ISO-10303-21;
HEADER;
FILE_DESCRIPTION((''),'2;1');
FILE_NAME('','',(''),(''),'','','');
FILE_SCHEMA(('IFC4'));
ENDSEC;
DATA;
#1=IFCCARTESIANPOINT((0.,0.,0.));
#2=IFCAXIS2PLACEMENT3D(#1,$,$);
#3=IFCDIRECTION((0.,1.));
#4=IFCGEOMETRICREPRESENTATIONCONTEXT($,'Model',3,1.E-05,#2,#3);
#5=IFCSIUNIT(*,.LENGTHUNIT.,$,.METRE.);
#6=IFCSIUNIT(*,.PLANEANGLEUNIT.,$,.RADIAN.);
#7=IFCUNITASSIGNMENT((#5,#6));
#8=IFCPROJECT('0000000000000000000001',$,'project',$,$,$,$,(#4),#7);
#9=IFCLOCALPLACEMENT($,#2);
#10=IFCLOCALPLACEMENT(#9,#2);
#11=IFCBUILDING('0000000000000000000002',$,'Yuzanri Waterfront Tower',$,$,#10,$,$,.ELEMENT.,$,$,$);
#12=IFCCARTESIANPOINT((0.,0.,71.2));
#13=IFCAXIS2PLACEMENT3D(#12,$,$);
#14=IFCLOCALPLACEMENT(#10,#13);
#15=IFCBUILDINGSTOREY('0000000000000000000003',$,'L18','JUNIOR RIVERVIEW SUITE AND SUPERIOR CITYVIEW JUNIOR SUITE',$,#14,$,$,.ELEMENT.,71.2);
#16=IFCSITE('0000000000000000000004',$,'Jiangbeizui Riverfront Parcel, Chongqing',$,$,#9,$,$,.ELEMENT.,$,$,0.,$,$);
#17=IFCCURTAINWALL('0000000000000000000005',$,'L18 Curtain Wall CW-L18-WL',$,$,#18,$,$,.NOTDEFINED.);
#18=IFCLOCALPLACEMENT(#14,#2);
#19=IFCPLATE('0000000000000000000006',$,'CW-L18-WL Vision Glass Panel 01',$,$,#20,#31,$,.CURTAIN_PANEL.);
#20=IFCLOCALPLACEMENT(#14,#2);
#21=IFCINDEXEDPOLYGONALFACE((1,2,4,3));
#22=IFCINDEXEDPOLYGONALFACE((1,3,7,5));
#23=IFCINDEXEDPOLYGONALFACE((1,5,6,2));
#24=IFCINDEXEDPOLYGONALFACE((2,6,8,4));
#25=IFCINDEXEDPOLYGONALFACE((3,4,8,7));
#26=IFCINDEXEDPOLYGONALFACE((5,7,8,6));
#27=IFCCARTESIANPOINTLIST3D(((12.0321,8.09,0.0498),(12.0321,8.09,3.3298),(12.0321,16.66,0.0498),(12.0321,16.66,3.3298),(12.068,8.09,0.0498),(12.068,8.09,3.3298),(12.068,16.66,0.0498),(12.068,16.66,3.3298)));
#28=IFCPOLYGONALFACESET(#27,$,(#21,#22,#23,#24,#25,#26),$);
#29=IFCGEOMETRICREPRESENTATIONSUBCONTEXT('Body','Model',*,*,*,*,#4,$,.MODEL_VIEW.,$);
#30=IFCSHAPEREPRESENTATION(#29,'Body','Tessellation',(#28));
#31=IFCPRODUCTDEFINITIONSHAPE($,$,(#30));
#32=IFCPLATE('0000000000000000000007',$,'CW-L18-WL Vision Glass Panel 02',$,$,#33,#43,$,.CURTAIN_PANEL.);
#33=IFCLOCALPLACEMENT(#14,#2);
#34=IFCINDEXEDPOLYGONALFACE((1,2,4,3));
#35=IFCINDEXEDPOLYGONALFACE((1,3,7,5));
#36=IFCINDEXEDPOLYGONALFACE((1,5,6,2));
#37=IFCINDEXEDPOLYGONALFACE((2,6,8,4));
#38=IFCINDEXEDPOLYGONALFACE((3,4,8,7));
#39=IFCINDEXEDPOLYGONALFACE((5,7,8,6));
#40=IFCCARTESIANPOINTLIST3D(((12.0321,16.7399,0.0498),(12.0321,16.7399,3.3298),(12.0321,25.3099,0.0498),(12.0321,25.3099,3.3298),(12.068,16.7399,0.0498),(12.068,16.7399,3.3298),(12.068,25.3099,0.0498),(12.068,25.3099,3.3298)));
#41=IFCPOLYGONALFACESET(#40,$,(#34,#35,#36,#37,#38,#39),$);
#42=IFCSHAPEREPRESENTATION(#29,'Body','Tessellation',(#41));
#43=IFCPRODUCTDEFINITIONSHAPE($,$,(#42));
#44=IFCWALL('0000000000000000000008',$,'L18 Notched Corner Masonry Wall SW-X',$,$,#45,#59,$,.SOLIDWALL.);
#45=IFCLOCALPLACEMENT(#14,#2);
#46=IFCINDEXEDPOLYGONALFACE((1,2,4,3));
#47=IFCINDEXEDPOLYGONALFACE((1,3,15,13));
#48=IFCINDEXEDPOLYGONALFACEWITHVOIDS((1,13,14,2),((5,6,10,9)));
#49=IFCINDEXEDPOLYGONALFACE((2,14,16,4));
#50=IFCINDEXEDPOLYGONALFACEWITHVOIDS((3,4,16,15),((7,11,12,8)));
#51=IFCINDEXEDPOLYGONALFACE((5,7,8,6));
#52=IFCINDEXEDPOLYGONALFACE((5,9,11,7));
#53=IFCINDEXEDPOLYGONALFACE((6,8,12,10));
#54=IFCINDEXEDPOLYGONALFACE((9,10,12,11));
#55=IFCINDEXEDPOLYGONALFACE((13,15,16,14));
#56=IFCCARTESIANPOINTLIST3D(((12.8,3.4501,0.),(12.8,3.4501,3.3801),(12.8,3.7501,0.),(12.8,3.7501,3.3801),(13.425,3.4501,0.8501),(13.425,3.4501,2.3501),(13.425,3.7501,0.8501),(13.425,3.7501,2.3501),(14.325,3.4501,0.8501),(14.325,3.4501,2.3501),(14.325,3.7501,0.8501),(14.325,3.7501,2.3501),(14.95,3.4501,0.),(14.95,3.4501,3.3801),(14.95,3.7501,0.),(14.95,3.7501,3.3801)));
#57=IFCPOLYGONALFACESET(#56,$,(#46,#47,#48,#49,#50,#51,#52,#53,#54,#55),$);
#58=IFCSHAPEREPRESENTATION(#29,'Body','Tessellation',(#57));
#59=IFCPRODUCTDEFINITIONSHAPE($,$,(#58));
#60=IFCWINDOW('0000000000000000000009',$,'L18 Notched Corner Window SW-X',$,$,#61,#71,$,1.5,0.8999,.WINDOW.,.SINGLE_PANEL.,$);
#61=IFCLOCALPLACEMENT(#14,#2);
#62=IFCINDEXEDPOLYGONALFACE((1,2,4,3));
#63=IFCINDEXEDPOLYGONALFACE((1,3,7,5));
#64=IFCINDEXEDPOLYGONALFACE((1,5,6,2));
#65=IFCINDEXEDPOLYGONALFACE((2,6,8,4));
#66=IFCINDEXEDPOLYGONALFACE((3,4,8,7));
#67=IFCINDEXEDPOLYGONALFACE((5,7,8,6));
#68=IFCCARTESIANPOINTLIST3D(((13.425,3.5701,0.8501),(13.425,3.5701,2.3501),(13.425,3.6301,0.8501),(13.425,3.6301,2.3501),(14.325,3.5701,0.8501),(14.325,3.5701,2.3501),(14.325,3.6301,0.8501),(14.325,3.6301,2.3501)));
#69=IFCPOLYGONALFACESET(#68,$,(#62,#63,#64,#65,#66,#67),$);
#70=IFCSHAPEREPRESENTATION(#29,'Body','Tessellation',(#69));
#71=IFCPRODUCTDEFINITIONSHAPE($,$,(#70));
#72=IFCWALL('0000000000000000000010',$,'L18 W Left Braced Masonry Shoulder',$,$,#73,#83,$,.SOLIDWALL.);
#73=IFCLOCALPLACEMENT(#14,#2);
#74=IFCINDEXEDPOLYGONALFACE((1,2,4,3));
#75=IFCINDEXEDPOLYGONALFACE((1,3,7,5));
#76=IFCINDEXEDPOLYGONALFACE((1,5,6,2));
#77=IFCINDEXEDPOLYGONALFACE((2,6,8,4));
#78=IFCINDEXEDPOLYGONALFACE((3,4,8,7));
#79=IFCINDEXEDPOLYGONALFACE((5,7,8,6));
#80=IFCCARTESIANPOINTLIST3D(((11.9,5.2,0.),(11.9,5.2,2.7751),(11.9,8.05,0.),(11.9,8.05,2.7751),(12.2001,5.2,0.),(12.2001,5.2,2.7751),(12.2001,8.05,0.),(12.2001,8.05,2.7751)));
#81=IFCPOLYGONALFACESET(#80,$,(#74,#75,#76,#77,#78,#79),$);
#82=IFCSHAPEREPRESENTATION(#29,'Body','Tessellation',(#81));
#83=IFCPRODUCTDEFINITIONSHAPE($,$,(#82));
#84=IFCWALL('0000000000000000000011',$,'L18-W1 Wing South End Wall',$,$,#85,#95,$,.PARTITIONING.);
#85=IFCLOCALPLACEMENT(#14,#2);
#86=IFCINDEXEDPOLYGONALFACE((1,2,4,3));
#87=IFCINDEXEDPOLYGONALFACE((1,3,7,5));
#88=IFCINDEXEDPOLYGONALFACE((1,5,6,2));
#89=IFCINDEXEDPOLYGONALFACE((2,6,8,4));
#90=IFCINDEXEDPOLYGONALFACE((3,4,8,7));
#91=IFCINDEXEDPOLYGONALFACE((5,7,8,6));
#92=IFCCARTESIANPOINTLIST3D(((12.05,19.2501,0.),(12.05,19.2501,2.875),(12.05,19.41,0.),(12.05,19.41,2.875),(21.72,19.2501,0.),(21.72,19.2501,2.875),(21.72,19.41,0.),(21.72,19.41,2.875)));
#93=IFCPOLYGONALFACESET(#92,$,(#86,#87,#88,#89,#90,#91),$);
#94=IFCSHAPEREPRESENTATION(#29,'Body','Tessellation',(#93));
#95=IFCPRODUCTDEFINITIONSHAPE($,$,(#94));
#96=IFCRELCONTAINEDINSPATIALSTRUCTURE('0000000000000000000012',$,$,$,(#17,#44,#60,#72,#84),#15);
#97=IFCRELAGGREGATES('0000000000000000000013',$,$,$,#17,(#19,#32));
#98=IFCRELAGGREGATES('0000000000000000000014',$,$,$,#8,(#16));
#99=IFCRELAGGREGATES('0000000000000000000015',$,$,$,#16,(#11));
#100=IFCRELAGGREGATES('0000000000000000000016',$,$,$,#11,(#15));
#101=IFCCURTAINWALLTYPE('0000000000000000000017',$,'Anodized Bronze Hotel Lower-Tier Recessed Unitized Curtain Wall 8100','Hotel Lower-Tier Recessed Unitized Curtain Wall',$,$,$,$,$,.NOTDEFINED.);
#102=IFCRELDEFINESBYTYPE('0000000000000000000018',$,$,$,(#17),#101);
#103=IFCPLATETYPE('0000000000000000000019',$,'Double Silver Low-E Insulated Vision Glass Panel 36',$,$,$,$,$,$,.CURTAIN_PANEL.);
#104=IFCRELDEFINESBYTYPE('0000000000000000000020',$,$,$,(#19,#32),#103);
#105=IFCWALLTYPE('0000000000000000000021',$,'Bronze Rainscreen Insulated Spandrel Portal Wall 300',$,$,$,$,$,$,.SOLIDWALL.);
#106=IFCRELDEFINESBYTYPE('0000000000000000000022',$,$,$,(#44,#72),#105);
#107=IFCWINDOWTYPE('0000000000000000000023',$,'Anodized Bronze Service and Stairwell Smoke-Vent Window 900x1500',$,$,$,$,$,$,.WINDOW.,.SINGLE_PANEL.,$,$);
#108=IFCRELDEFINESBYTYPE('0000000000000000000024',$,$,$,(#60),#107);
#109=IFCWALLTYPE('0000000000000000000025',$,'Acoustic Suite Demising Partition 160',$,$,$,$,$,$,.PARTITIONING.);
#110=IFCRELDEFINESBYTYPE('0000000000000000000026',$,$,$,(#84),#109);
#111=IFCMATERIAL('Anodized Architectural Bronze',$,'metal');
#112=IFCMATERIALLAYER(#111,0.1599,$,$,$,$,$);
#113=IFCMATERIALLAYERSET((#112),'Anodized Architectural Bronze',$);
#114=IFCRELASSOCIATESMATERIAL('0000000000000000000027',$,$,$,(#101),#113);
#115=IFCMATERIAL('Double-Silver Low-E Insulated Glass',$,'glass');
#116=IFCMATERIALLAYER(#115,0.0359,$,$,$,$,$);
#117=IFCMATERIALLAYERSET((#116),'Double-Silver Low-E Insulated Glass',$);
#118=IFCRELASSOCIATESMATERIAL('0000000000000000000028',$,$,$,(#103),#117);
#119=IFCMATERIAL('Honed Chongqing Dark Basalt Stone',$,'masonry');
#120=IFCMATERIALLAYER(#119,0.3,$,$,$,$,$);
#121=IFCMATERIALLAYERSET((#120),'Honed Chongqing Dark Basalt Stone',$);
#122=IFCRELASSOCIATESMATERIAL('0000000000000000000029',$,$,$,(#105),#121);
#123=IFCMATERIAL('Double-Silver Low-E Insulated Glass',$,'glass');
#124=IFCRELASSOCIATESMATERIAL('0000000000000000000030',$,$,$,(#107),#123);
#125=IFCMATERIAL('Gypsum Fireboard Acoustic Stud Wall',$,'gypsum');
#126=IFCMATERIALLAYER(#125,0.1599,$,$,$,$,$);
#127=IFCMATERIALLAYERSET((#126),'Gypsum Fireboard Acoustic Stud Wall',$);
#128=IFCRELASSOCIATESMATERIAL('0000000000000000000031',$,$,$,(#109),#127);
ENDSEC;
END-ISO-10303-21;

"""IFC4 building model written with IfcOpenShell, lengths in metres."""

from ifc_helpers import new_model, si_unit, direction, frame, frame_2d, origin, origin_2d, place, context, subcontext, project, spatial, rectangle, extrude, source, transform, mapped, material, layer, layer_set, type_object, element, fill, aggregate, save


model = new_model("IFC4")

# Units and contexts
model_context = context("Model", 3, precision=1e-05, world=origin(), true_north=direction((0.0, 1.0)))
body_context = subcontext(model_context, "Body", "Model", "MODEL_VIEW")
ifc_project = project(units=[si_unit("LENGTHUNIT", "METRE"), si_unit("PLANEANGLEUNIT", "RADIAN")], contexts=[model_context])

# Site, building, storey
site_placement = place(None, origin())
site = spatial("IfcSite", under=ifc_project, at=site_placement, Name="Jiangbeizui Riverfront Parcel, Chongqing", CompositionType="ELEMENT", RefElevation=0.0)
building_placement = place(site_placement, origin())
building = spatial("IfcBuilding", under=site, at=building_placement, Name="Yuzanri Waterfront Tower", CompositionType="ELEMENT")
storey_placement = place(building_placement, frame((0.0, 0.0, 71.2)))
storey = spatial("IfcBuildingStorey", under=building, at=storey_placement, Name="L18", Description="JUNIOR RIVERVIEW SUITE AND SUPERIOR CITYVIEW JUNIOR SUITE", CompositionType="ELEMENT", Elevation=71.2)

# Curtain wall
ifc_material_1 = material(Name="Anodized Architectural Bronze", Category="metal")
ifc_layer_1 = layer(ifc_material_1, 0.1599)
ifc_layer_set_1 = layer_set([ifc_layer_1], Name="Anodized Architectural Bronze")
curtain_wall_type = type_object("IfcCurtainWallType", Name="Anodized Bronze Hotel Lower-Tier Recessed Unitized Curtain Wall 8100", Description="Hotel Lower-Tier Recessed Unitized Curtain Wall", PredefinedType="NOTDEFINED", material=ifc_layer_set_1)
curtain_wall_placement = place(storey_placement, origin())
curtain_wall = element("IfcCurtainWall", 1, at=curtain_wall_placement, inside=storey, type_object=curtain_wall_type, Name="L18 Curtain Wall CW-L18-WL", PredefinedType="NOTDEFINED")

# Plates
ifc_material_2 = material(Name="Double-Silver Low-E Insulated Glass", Category="glass")
ifc_layer_2 = layer(ifc_material_2, 0.0359)
ifc_layer_set_2 = layer_set([ifc_layer_2], Name="Double-Silver Low-E Insulated Glass")
plate_type_1 = type_object("IfcPlateType", Name="Double Silver Low-E Insulated Vision Glass Panel 36", PredefinedType="CURTAIN_PANEL", material=ifc_layer_set_2)
shared_shape_1 = source(origin(), body_context, "Body", "SweptSolid", [
    extrude(rectangle(XDim=8.5701, YDim=0.0359, at=origin_2d()), origin(), (0.0, 0.0, 1.0), 3.28),
])
plate_1_placement = place(storey_placement, frame((12.05, 12.375, 0.0498), z_axis=(0.0, 0.0, 1.0), x_axis=(0.0, 1.0, 0.0)))
plate_1 = element("IfcPlate", 2, at=plate_1_placement, type_object=plate_type_1, Name="CW-L18-WL Vision Glass Panel 01", PredefinedType="CURTAIN_PANEL", context=body_context, shape_type="MappedRepresentation", body=[
    mapped(shared_shape_1, transform((0.0, 0.0, 0.0), scale=1.0)),
])
plate_2_placement = place(storey_placement, frame((12.05, 21.0249, 0.0498), z_axis=(0.0, 0.0, 1.0), x_axis=(0.0, 1.0, 0.0)))
plate_2 = element("IfcPlate", 3, at=plate_2_placement, type_object=plate_type_1, Name="CW-L18-WL Vision Glass Panel 02", PredefinedType="CURTAIN_PANEL", context=body_context, shape_type="MappedRepresentation", body=[
    mapped(shared_shape_1, transform((0.0, 0.0, 0.0), scale=1.0)),
])
aggregate(curtain_wall, [plate_1, plate_2])

# Wall, opening, window
ifc_material_3 = material(Name="Honed Chongqing Dark Basalt Stone", Category="masonry")
ifc_layer_3 = layer(ifc_material_3, 0.3)
ifc_layer_set_3 = layer_set([ifc_layer_3], Name="Honed Chongqing Dark Basalt Stone")
wall_type_1 = type_object("IfcWallType", Name="Bronze Rainscreen Insulated Spandrel Portal Wall 300", PredefinedType="SOLIDWALL", material=ifc_layer_set_3)
wall_1_placement = place(storey_placement, frame((12.8, 3.6001, 0.0), z_axis=(0.0, 0.0, 1.0), x_axis=(1.0, 0.0, 0.0)))
wall_1 = element("IfcWall", 4, at=wall_1_placement, inside=storey, type_object=wall_type_1, Name="L18 Notched Corner Masonry Wall SW-X", PredefinedType="SOLIDWALL", context=body_context, shape_type="SweptSolid", body=[
    extrude(rectangle(XDim=2.1499, YDim=0.3, at=frame_2d((1.075, 0.0))), origin(), (0.0, 0.0, 1.0), 3.3801),
])
opening_placement = place(wall_1_placement, frame((0.625, 0.0, 0.8501)))
opening = element("IfcOpeningElement", 5, at=opening_placement, cuts=wall_1, PredefinedType="OPENING", context=body_context, shape_type="SweptSolid", body=[
    extrude(rectangle(XDim=0.8999, YDim=1.5, at=frame_2d((0.45, 0.75))), frame((0.0, 0.165, 0.0), z_axis=(0.0, -1.0, 0.0), x_axis=(1.0, 0.0, 0.0)), (0.0, 0.0, 1.0), 0.3298),
])
ifc_material_4 = material(Name="Double-Silver Low-E Insulated Glass", Category="glass")
window_type = type_object("IfcWindowType", Name="Anodized Bronze Service and Stairwell Smoke-Vent Window 900x1500", PartitioningType="SINGLE_PANEL", PredefinedType="WINDOW", material=ifc_material_4)
shared_shape_2 = source(origin(), body_context, "Body", "SweptSolid", [
    extrude(rectangle(XDim=0.8999, YDim=1.5, at=frame_2d((0.45, 0.75))), frame((0.0, 0.03, 0.0), z_axis=(0.0, -1.0, 0.0), x_axis=(1.0, 0.0, 0.0)), (0.0, 0.0, 1.0), 0.0601),
])
window_placement = place(opening_placement, origin())
window = element("IfcWindow", 6, at=window_placement, inside=storey, type_object=window_type, Name="L18 Notched Corner Window SW-X", OverallHeight=1.5, OverallWidth=0.8999, PartitioningType="SINGLE_PANEL", PredefinedType="WINDOW", context=body_context, shape_type="MappedRepresentation", body=[
    mapped(shared_shape_2, transform((0.0, 0.0, 0.0), scale=1.0)),
])
fill(opening, window)

# Walls
shared_shape_3 = source(origin(), body_context, "Body", "SweptSolid", [
    extrude(rectangle(XDim=2.8501, YDim=0.3, at=frame_2d((1.425, 0.0))), origin(), (0.0, 0.0, 1.0), 2.7751),
])
wall_2_placement = place(storey_placement, frame((12.05, 5.2, 0.0), z_axis=(0.0, 0.0, 1.0), x_axis=(0.0, 1.0, 0.0)))
element("IfcWall", 7, at=wall_2_placement, inside=storey, type_object=wall_type_1, Name="L18 W Left Braced Masonry Shoulder", PredefinedType="SOLIDWALL", context=body_context, shape_type="MappedRepresentation", body=[
    mapped(shared_shape_3, transform((0.0, 0.0, 0.0), scale=1.0)),
])
ifc_material_5 = material(Name="Gypsum Fireboard Acoustic Stud Wall", Category="gypsum")
ifc_layer_4 = layer(ifc_material_5, 0.1599)
ifc_layer_set_4 = layer_set([ifc_layer_4], Name="Gypsum Fireboard Acoustic Stud Wall")
wall_type_2 = type_object("IfcWallType", Name="Acoustic Suite Demising Partition 160", PredefinedType="PARTITIONING", material=ifc_layer_set_4)
shared_shape_4 = source(origin(), body_context, "Body", "SweptSolid", [
    extrude(rectangle(XDim=9.6699, YDim=0.1599, at=frame_2d((4.835, 0.0))), origin(), (0.0, 0.0, 1.0), 2.875),
])
wall_3_placement = place(storey_placement, frame((12.05, 19.3301, 0.0), z_axis=(0.0, 0.0, 1.0), x_axis=(1.0, 0.0, 0.0)))
element("IfcWall", 8, at=wall_3_placement, inside=storey, type_object=wall_type_2, Name="L18-W1 Wing South End Wall", PredefinedType="PARTITIONING", context=body_context, shape_type="MappedRepresentation", body=[
    mapped(shared_shape_4, transform((0.0, 0.0, 0.0), scale=1.0)),
])

save(model, "model.ifc")
